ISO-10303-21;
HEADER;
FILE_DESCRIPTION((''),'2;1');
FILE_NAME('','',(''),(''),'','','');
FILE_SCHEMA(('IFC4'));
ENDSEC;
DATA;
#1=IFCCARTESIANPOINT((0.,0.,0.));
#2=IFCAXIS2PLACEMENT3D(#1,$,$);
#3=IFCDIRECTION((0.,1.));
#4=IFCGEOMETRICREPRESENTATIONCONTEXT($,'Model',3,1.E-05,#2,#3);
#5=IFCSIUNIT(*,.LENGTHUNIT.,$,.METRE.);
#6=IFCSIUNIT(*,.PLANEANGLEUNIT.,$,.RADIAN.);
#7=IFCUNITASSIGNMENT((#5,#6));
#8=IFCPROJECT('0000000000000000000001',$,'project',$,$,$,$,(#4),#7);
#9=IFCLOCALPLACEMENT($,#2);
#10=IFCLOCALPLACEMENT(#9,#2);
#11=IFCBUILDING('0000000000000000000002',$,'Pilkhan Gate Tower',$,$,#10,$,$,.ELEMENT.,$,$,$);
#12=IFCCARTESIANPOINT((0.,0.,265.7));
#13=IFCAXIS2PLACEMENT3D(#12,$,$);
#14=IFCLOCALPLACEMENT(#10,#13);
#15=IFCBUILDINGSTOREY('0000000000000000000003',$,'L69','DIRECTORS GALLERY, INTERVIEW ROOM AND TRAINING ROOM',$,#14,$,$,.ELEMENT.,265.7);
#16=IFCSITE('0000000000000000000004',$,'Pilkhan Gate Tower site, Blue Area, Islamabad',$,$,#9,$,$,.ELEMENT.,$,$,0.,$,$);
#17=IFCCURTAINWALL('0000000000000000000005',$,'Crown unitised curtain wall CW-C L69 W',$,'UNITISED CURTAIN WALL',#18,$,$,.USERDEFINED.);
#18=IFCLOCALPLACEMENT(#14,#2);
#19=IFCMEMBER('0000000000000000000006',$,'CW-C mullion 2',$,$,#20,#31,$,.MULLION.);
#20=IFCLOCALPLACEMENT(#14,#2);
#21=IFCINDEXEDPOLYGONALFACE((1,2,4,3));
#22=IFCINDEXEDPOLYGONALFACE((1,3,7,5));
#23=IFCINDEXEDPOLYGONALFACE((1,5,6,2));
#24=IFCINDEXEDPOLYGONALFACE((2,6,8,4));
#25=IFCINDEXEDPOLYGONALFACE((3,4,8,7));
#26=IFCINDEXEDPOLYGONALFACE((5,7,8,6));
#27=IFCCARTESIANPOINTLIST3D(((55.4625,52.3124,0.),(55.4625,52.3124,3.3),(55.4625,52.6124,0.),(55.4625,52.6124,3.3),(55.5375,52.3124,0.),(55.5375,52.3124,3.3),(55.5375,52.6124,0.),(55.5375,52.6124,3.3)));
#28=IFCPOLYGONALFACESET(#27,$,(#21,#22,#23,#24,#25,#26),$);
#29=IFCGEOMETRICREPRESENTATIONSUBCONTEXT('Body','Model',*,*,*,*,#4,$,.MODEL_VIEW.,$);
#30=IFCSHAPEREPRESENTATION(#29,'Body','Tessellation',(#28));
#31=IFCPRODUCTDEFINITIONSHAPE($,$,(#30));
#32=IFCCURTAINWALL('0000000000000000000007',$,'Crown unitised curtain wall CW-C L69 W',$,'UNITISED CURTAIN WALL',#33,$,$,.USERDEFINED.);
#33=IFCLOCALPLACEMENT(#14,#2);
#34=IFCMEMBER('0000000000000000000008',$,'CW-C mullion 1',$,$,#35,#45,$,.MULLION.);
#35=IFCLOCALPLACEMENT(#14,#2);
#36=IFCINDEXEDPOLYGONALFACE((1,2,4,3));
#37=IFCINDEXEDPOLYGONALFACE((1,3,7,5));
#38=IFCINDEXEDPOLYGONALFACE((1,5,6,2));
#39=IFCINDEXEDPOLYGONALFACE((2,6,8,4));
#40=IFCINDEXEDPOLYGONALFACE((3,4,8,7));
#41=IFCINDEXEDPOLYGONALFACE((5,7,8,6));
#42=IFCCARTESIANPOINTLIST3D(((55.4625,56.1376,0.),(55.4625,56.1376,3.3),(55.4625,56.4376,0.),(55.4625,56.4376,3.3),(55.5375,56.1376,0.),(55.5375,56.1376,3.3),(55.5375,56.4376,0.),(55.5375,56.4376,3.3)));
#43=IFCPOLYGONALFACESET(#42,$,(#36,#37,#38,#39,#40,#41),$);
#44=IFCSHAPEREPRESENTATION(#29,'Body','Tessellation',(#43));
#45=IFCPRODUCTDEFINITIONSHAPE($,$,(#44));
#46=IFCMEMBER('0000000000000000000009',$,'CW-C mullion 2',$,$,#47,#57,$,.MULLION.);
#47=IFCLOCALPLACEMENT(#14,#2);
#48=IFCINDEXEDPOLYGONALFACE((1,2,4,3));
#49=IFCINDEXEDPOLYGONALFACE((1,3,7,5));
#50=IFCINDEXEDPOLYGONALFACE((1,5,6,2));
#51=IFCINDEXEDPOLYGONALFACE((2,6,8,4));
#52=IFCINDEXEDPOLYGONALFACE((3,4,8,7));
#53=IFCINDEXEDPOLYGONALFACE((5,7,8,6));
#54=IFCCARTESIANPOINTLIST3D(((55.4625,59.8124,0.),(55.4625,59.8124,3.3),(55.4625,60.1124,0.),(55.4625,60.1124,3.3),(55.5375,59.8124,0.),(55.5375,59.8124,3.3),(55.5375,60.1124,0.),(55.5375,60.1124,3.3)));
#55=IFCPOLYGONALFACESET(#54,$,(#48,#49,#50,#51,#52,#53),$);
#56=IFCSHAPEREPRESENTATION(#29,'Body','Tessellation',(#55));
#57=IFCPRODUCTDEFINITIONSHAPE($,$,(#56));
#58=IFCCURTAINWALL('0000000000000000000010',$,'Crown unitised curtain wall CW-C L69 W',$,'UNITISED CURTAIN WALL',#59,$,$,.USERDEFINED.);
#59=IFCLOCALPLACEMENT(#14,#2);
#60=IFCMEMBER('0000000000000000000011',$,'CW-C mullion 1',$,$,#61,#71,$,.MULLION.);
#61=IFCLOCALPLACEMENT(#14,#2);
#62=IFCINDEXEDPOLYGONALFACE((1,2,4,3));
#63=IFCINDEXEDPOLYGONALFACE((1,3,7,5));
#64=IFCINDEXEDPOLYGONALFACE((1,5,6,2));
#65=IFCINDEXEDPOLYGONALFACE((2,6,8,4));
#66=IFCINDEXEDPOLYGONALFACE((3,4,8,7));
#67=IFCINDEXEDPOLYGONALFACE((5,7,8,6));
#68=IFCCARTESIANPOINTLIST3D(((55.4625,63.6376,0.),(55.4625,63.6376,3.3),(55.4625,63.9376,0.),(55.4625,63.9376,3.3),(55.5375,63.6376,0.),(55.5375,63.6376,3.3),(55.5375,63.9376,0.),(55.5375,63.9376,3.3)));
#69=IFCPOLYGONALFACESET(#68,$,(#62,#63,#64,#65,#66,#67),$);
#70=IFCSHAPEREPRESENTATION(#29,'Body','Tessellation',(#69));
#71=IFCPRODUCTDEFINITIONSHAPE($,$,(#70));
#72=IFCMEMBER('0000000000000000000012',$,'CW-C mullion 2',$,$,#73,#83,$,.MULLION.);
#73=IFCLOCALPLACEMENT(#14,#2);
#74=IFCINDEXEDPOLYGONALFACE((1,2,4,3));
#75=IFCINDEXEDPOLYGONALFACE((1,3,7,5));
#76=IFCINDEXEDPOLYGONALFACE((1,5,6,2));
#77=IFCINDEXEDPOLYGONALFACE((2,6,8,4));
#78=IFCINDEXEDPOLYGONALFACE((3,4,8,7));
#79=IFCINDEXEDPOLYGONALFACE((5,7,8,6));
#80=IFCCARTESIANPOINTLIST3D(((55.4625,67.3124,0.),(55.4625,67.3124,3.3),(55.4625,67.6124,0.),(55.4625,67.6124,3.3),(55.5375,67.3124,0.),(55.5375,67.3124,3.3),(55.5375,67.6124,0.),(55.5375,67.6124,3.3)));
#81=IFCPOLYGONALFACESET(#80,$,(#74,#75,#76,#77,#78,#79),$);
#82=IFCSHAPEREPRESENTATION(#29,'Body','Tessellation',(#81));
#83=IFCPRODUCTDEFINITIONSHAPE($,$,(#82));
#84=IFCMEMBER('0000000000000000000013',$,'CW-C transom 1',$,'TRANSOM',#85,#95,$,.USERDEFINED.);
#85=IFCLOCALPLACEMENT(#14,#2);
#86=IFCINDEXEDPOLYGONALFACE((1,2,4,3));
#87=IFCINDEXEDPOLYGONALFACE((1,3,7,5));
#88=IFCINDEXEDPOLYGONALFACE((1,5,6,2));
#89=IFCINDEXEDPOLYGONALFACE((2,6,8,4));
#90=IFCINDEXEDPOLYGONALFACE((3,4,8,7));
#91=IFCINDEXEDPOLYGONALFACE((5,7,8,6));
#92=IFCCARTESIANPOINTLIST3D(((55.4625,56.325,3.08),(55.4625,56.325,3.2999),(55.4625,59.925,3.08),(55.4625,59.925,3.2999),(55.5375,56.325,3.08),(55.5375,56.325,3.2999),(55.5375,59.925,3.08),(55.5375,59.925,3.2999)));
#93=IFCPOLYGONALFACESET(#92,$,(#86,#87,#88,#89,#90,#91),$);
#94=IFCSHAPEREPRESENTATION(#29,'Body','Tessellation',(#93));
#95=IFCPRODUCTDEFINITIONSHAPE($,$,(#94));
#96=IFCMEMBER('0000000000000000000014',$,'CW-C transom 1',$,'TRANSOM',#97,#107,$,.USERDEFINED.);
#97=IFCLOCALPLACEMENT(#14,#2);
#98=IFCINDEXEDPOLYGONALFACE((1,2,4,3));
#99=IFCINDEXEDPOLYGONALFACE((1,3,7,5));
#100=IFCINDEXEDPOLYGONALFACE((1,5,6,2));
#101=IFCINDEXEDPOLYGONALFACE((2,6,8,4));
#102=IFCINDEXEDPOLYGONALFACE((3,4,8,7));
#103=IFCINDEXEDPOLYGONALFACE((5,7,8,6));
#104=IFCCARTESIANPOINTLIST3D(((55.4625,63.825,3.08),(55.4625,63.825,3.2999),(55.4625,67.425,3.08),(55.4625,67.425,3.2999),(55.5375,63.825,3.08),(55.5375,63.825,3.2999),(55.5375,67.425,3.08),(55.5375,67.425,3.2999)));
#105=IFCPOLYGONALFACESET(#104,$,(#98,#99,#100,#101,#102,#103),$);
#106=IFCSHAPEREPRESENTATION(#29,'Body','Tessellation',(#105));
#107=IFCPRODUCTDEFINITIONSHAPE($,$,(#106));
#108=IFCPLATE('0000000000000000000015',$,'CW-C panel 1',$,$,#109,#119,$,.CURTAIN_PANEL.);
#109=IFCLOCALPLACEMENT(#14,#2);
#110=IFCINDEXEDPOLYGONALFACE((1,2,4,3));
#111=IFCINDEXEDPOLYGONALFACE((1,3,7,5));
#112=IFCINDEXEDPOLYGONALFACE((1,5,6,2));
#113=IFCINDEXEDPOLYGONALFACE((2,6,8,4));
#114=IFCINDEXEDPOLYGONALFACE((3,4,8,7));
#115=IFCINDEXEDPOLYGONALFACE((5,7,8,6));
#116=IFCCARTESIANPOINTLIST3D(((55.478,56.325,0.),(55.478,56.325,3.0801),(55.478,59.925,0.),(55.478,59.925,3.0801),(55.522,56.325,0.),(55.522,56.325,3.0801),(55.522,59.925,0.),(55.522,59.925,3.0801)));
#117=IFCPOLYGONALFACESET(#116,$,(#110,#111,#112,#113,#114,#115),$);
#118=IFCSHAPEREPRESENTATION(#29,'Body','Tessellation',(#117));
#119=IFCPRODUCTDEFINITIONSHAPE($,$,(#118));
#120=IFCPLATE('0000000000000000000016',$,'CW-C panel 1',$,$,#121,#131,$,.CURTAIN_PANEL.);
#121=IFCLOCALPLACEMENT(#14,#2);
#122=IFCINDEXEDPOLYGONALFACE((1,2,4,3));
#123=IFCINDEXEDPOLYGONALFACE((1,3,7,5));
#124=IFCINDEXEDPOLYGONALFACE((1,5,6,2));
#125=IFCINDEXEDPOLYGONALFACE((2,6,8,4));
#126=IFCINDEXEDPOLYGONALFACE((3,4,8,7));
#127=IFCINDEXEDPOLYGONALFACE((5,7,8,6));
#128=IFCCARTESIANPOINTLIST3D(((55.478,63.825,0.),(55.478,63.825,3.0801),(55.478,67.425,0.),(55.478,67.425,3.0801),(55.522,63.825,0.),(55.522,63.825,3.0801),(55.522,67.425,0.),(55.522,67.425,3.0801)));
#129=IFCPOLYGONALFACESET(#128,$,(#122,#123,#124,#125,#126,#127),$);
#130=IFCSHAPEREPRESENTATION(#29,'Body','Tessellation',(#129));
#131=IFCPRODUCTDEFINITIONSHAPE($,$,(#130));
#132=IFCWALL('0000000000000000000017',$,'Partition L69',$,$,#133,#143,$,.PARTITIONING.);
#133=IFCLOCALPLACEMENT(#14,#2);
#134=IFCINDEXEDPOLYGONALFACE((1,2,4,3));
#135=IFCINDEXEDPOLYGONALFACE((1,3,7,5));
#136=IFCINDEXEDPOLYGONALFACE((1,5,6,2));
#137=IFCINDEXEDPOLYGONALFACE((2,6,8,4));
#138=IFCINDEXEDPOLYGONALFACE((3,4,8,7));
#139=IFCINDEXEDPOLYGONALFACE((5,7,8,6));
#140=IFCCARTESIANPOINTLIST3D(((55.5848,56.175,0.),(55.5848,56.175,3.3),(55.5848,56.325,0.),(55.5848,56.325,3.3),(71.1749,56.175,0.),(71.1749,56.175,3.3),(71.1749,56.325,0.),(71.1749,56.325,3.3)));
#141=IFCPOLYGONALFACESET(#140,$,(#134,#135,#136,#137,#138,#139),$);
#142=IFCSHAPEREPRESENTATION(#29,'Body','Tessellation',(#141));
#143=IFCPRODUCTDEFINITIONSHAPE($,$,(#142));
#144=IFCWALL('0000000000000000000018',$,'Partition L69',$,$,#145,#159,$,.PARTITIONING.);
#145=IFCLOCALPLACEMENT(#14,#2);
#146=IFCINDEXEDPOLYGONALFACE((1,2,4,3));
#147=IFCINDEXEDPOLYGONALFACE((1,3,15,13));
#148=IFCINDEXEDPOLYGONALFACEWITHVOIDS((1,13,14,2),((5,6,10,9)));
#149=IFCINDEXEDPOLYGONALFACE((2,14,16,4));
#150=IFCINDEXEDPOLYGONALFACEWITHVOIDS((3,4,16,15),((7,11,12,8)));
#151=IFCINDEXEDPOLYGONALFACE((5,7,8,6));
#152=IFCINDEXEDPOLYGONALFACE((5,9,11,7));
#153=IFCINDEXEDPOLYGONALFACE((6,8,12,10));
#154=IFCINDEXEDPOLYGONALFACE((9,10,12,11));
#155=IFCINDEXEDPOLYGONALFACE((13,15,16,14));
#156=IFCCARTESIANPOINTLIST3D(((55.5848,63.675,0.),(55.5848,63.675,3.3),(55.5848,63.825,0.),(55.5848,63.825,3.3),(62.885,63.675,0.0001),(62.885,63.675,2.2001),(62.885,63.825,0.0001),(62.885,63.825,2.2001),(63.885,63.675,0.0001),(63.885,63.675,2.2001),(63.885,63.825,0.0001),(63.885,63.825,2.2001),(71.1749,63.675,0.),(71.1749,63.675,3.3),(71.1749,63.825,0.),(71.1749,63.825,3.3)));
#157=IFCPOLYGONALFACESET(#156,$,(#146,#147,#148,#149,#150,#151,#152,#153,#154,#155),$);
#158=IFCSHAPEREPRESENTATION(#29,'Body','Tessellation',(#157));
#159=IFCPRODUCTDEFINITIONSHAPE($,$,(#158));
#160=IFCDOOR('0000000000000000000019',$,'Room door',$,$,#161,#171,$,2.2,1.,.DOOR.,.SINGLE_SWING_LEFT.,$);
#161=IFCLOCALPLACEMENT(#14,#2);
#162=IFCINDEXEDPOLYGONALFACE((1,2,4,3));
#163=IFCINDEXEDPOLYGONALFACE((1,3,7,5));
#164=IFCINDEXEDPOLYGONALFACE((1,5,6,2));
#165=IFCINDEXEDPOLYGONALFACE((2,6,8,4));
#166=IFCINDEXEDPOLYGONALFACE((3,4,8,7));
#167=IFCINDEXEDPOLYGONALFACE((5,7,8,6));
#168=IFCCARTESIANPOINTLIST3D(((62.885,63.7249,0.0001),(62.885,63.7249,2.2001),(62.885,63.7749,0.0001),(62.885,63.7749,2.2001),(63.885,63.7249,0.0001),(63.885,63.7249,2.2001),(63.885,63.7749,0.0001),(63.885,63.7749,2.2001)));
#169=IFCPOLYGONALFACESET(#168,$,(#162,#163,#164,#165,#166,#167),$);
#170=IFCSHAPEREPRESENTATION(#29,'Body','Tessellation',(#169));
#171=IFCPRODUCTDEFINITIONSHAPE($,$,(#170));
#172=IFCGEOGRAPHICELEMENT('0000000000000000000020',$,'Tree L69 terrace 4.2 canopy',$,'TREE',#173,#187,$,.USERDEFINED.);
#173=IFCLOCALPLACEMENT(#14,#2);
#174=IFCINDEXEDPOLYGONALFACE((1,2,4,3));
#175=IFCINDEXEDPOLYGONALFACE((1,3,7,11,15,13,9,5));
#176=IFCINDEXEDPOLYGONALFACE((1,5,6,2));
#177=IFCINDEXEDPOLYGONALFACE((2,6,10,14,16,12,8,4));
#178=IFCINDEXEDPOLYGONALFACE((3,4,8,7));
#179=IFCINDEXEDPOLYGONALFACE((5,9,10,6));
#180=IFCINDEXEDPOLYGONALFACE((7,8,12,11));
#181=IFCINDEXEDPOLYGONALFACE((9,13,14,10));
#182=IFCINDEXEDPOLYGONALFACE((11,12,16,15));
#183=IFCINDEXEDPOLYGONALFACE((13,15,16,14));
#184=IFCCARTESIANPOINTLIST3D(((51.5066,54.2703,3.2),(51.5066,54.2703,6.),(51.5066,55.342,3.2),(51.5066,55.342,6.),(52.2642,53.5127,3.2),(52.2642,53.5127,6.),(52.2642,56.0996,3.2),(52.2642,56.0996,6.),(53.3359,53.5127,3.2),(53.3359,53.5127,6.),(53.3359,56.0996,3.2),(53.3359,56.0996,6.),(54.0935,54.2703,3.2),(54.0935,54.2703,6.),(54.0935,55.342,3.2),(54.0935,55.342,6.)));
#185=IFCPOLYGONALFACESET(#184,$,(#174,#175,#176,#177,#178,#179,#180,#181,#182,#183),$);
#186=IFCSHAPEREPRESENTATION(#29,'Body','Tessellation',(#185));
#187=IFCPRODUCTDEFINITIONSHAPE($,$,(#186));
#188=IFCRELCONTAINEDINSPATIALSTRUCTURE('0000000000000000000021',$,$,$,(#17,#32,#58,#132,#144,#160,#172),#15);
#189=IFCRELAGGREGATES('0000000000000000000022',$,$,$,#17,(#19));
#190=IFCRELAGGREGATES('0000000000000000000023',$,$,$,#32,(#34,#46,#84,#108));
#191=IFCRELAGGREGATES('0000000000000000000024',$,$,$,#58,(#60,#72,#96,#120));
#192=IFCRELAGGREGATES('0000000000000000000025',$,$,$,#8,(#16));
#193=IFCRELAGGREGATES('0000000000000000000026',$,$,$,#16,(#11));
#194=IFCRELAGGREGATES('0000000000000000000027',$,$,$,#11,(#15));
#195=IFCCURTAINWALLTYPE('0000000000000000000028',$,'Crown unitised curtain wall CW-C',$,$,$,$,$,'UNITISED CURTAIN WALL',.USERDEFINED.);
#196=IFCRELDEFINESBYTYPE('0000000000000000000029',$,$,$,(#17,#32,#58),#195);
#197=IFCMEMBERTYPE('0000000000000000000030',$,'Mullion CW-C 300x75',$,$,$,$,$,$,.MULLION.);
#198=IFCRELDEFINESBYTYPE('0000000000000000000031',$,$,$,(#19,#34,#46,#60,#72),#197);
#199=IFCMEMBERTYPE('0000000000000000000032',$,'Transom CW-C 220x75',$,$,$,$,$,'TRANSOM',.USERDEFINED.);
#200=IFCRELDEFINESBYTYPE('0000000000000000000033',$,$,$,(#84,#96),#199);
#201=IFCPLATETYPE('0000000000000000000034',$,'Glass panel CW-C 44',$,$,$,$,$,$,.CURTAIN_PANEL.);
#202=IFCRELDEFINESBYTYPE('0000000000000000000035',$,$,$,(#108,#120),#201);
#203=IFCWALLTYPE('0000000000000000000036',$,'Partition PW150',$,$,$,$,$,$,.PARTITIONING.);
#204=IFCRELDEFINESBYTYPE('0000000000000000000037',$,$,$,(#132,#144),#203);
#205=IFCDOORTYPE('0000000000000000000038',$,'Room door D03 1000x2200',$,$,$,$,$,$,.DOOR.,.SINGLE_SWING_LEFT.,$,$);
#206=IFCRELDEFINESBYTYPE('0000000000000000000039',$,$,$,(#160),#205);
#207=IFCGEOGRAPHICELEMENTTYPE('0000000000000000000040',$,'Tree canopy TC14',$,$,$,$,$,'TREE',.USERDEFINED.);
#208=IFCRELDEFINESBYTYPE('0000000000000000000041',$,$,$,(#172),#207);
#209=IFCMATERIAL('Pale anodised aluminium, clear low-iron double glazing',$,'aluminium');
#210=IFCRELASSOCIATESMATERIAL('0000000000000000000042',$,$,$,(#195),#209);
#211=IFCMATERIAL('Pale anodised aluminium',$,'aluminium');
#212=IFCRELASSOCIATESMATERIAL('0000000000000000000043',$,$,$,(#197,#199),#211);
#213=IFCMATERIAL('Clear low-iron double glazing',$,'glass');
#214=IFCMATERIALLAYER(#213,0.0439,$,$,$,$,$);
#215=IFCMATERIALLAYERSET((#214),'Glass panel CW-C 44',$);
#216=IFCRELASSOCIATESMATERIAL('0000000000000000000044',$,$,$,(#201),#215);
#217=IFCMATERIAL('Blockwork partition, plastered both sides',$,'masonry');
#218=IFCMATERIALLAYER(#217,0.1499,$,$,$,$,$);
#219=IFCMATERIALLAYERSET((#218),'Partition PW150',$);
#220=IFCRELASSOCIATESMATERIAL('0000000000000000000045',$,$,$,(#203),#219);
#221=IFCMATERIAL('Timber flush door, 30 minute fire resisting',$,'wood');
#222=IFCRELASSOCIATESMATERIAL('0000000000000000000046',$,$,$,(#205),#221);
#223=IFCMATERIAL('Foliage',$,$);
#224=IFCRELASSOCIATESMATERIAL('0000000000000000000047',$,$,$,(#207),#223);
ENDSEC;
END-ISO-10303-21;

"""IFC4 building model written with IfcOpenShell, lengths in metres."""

from ifc_helpers import new_model, si_unit, direction, frame, frame_2d, origin, origin_2d, place, context, subcontext, project, spatial, polyline, rectangle, outline, extrude, material, layer, layer_set, material_profile, profile_set, type_object, element, fill, aggregate, save


model = new_model("IFC4")

# Units and contexts
model_context = context("Model", 3, precision=1e-05, world=origin(), true_north=direction((0.0, 1.0)))
body_context = subcontext(model_context, "Body", "Model", "MODEL_VIEW")
ifc_project = project(units=[si_unit("LENGTHUNIT", "METRE"), si_unit("PLANEANGLEUNIT", "RADIAN")], contexts=[model_context])

# Site, building, storey
site_placement = place(None, origin())
site = spatial("IfcSite", under=ifc_project, at=site_placement, Name="Pilkhan Gate Tower site, Blue Area, Islamabad", CompositionType="ELEMENT", RefElevation=0.0)
building_placement = place(site_placement, origin())
building = spatial("IfcBuilding", under=site, at=building_placement, Name="Pilkhan Gate Tower", CompositionType="ELEMENT")
storey_placement = place(building_placement, frame((0.0, 0.0, 265.7)))
storey = spatial("IfcBuildingStorey", under=building, at=storey_placement, Name="L69", Description="DIRECTORS GALLERY, INTERVIEW ROOM AND TRAINING ROOM", CompositionType="ELEMENT", Elevation=265.7)

# Curtain wall, member
ifc_material_1 = material(Name="Pale anodised aluminium, clear low-iron double glazing", Category="aluminium")
curtain_wall_type = type_object("IfcCurtainWallType", Name="Crown unitised curtain wall CW-C", ElementType="UNITISED CURTAIN WALL", PredefinedType="USERDEFINED", material=ifc_material_1)
curtain_wall_1_placement = place(storey_placement, origin())
curtain_wall_1 = element("IfcCurtainWall", 1, at=curtain_wall_1_placement, inside=storey, type_object=curtain_wall_type, Name="Crown unitised curtain wall CW-C L69 W", ObjectType="UNITISED CURTAIN WALL", PredefinedType="USERDEFINED")
ifc_material_2 = material(Name="Pale anodised aluminium", Category="aluminium")
ifc_material_profile_1 = material_profile(ifc_material_2, rectangle(XDim=0.075, YDim=0.3, at=origin_2d()), Name="Mullion 300x75")
ifc_profile_set_1 = profile_set([ifc_material_profile_1], Name="Pale anodised aluminium")
member_type_1 = type_object("IfcMemberType", Name="Mullion CW-C 300x75", PredefinedType="MULLION", material=ifc_profile_set_1)
member_1_placement = place(storey_placement, frame((55.5, 52.4624, 0.0), z_axis=(0.0, 0.0, 1.0), x_axis=(-1.0, 0.0, 0.0)))
member_1 = element("IfcMember", 2, at=member_1_placement, type_object=member_type_1, Name="CW-C mullion 2", PredefinedType="MULLION", context=body_context, shape_type="SweptSolid", body=[
    extrude(rectangle(XDim=0.075, YDim=0.3, at=origin_2d()), origin(), (0.0, 0.0, 1.0), 3.3),
])
aggregate(curtain_wall_1, [member_1])

# Curtain walls, members
curtain_wall_2_placement = place(storey_placement, origin())
curtain_wall_2 = element("IfcCurtainWall", 3, at=curtain_wall_2_placement, inside=storey, type_object=curtain_wall_type, Name="Crown unitised curtain wall CW-C L69 W", ObjectType="UNITISED CURTAIN WALL", PredefinedType="USERDEFINED")
member_2_placement = place(storey_placement, frame((55.5, 56.2876, 0.0), z_axis=(0.0, 0.0, 1.0), x_axis=(-1.0, 0.0, 0.0)))
member_2 = element("IfcMember", 4, at=member_2_placement, type_object=member_type_1, Name="CW-C mullion 1", PredefinedType="MULLION", context=body_context, shape_type="SweptSolid", body=[
    extrude(rectangle(XDim=0.075, YDim=0.3, at=origin_2d()), origin(), (0.0, 0.0, 1.0), 3.3),
])
member_3_placement = place(storey_placement, frame((55.5, 59.9624, 0.0), z_axis=(0.0, 0.0, 1.0), x_axis=(-1.0, 0.0, 0.0)))
member_3 = element("IfcMember", 5, at=member_3_placement, type_object=member_type_1, Name="CW-C mullion 2", PredefinedType="MULLION", context=body_context, shape_type="SweptSolid", body=[
    extrude(rectangle(XDim=0.075, YDim=0.3, at=origin_2d()), origin(), (0.0, 0.0, 1.0), 3.3),
])
curtain_wall_3_placement = place(storey_placement, origin())
curtain_wall_3 = element("IfcCurtainWall", 6, at=curtain_wall_3_placement, inside=storey, type_object=curtain_wall_type, Name="Crown unitised curtain wall CW-C L69 W", ObjectType="UNITISED CURTAIN WALL", PredefinedType="USERDEFINED")
member_4_placement = place(storey_placement, frame((55.5, 63.7876, 0.0), z_axis=(0.0, 0.0, 1.0), x_axis=(-1.0, 0.0, 0.0)))
member_4 = element("IfcMember", 7, at=member_4_placement, type_object=member_type_1, Name="CW-C mullion 1", PredefinedType="MULLION", context=body_context, shape_type="SweptSolid", body=[
    extrude(rectangle(XDim=0.075, YDim=0.3, at=origin_2d()), origin(), (0.0, 0.0, 1.0), 3.3),
])
member_5_placement = place(storey_placement, frame((55.5, 67.4624, 0.0), z_axis=(0.0, 0.0, 1.0), x_axis=(-1.0, 0.0, 0.0)))
member_5 = element("IfcMember", 8, at=member_5_placement, type_object=member_type_1, Name="CW-C mullion 2", PredefinedType="MULLION", context=body_context, shape_type="SweptSolid", body=[
    extrude(rectangle(XDim=0.075, YDim=0.3, at=origin_2d()), origin(), (0.0, 0.0, 1.0), 3.3),
])

# Members
ifc_material_profile_2 = material_profile(ifc_material_2, rectangle(XDim=0.075, YDim=0.22, at=origin_2d()), Name="Transom 220x75")
ifc_profile_set_2 = profile_set([ifc_material_profile_2], Name="Pale anodised aluminium")
member_type_2 = type_object("IfcMemberType", Name="Transom CW-C 220x75", ElementType="TRANSOM", PredefinedType="USERDEFINED", material=ifc_profile_set_2)
member_6_placement = place(storey_placement, frame((55.5, 56.325, 3.1899), z_axis=(0.0, 1.0, 0.0), x_axis=(-1.0, 0.0, 0.0)))
member_6 = element("IfcMember", 9, at=member_6_placement, type_object=member_type_2, Name="CW-C transom 1", ObjectType="TRANSOM", PredefinedType="USERDEFINED", context=body_context, shape_type="SweptSolid", body=[
    extrude(rectangle(XDim=0.075, YDim=0.22, at=origin_2d()), origin(), (0.0, 0.0, 1.0), 3.6001),
])
member_7_placement = place(storey_placement, frame((55.5, 63.825, 3.1899), z_axis=(0.0, 1.0, 0.0), x_axis=(-1.0, 0.0, 0.0)))
member_7 = element("IfcMember", 10, at=member_7_placement, type_object=member_type_2, Name="CW-C transom 1", ObjectType="TRANSOM", PredefinedType="USERDEFINED", context=body_context, shape_type="SweptSolid", body=[
    extrude(rectangle(XDim=0.075, YDim=0.22, at=origin_2d()), origin(), (0.0, 0.0, 1.0), 3.6001),
])

# Plates
ifc_material_3 = material(Name="Clear low-iron double glazing", Category="glass")
ifc_layer_1 = layer(ifc_material_3, 0.0439)
ifc_layer_set_1 = layer_set([ifc_layer_1], Name="Glass panel CW-C 44")
plate_type = type_object("IfcPlateType", Name="Glass panel CW-C 44", PredefinedType="CURTAIN_PANEL", material=ifc_layer_set_1)
plate_1_placement = place(storey_placement, frame((55.5, 58.125, 0.0), z_axis=(0.0, 0.0, 1.0), x_axis=(0.0, 1.0, 0.0)))
plate_1 = element("IfcPlate", 11, at=plate_1_placement, type_object=plate_type, Name="CW-C panel 1", PredefinedType="CURTAIN_PANEL", context=body_context, shape_type="SweptSolid", body=[
    extrude(rectangle(XDim=3.6001, YDim=0.0439, at=origin_2d()), origin(), (0.0, 0.0, 1.0), 3.0801),
])
aggregate(curtain_wall_2, [member_2, member_3, member_6, plate_1])
plate_2_placement = place(storey_placement, frame((55.5, 65.625, 0.0), z_axis=(0.0, 0.0, 1.0), x_axis=(0.0, 1.0, 0.0)))
plate_2 = element("IfcPlate", 12, at=plate_2_placement, type_object=plate_type, Name="CW-C panel 1", PredefinedType="CURTAIN_PANEL", context=body_context, shape_type="SweptSolid", body=[
    extrude(rectangle(XDim=3.6001, YDim=0.0439, at=origin_2d()), origin(), (0.0, 0.0, 1.0), 3.0801),
])
aggregate(curtain_wall_3, [member_4, member_5, member_7, plate_2])

# Wall
ifc_material_4 = material(Name="Blockwork partition, plastered both sides", Category="masonry")
ifc_layer_2 = layer(ifc_material_4, 0.1499)
ifc_layer_set_2 = layer_set([ifc_layer_2], Name="Partition PW150")
wall_type_1 = type_object("IfcWallType", Name="Partition PW150", PredefinedType="PARTITIONING", material=ifc_layer_set_2)
wall_1_placement = place(storey_placement, frame((55.585, 56.25, 0.0), z_axis=(0.0, 0.0, 1.0), x_axis=(1.0, 0.0, 0.0)))
element("IfcWall", 13, at=wall_1_placement, inside=storey, type_object=wall_type_1, Name="Partition L69", PredefinedType="PARTITIONING", context=body_context, shape_type="SweptSolid", body=[
    extrude(rectangle(XDim=15.5901, YDim=0.1499, at=frame_2d((7.7949, 0.0))), origin(), (0.0, 0.0, 1.0), 3.3),
])

# Wall, opening, door
wall_2_placement = place(storey_placement, frame((55.585, 63.75, 0.0), z_axis=(0.0, 0.0, 1.0), x_axis=(1.0, 0.0, 0.0)))
wall_2 = element("IfcWall", 14, at=wall_2_placement, inside=storey, type_object=wall_type_1, Name="Partition L69", PredefinedType="PARTITIONING", context=body_context, shape_type="SweptSolid", body=[
    extrude(rectangle(XDim=15.5901, YDim=0.1499, at=frame_2d((7.7949, 0.0))), origin(), (0.0, 0.0, 1.0), 3.3),
])
opening_1_placement = place(wall_2_placement, frame((7.3, 0.0, 0.0)))
opening_1 = element("IfcOpeningElement", 15, at=opening_1_placement, cuts=wall_2, PredefinedType="OPENING", context=body_context, shape_type="SweptSolid", body=[
    extrude(rectangle(XDim=1.0, YDim=2.2, at=frame_2d((0.5, 1.1001))), frame((0.0, 0.085, 0.0), z_axis=(0.0, -1.0, 0.0), x_axis=(1.0, 0.0, 0.0)), (0.0, 0.0, 1.0), 0.1699),
])
ifc_material_5 = material(Name="Timber flush door, 30 minute fire resisting", Category="wood")
door_type_1 = type_object("IfcDoorType", Name="Room door D03 1000x2200", OperationType="SINGLE_SWING_LEFT", PredefinedType="DOOR", material=ifc_material_5)
door_1_placement = place(opening_1_placement, origin())
door_1 = element("IfcDoor", 16, at=door_1_placement, inside=storey, type_object=door_type_1, Name="Room door", OperationType="SINGLE_SWING_LEFT", OverallHeight=2.2, OverallWidth=1.0, PredefinedType="DOOR", context=body_context, shape_type="SweptSolid", body=[
    extrude(rectangle(XDim=1.0, YDim=2.2, at=frame_2d((0.5, 1.1001))), frame((0.0, 0.0249, 0.0), z_axis=(0.0, -1.0, 0.0), x_axis=(1.0, 0.0, 0.0)), (0.0, 0.0, 1.0), 0.05),
])
fill(opening_1, door_1)

# Geographic element
ifc_material_6 = material(Name="Foliage")
ifc_material_profile_3 = material_profile(ifc_material_6, outline(polyline([(1.2935, 0.5359), (0.5359, 1.2935), (-0.5359, 1.2935), (-1.2935, 0.5359), (-1.2935, -0.5359), (-0.5359, -1.2935), (0.5359, -1.2935), (1.2935, -0.5359), (1.2935, 0.5359)])), Name="Canopy D2.8")
ifc_profile_set_3 = profile_set([ifc_material_profile_3], Name="Foliage")
geographic_element_type_1 = type_object("IfcGeographicElementType", Name="Tree canopy TC14", ElementType="TREE", PredefinedType="USERDEFINED", material=ifc_profile_set_3)
for number, where, z_axis, x_axis, name in (
    (17, (52.8, 54.8062, 3.2), (0.0, 0.0, 1.0), (1.0, 0.0, 0.0), "Tree L69 terrace 4.2 canopy"),
):
    element("IfcGeographicElement", number, at=place(storey_placement, frame(where, z_axis=z_axis, x_axis=x_axis)), inside=storey, type_object=geographic_element_type_1, Name=name, ObjectType="TREE", PredefinedType="USERDEFINED", context=body_context, shape_type="SweptSolid", body=[
        extrude(outline(polyline([(1.2935, 0.5359), (0.5359, 1.2935), (-0.5359, 1.2935), (-1.2935, 0.5359), (-1.2935, -0.5359), (-0.5359, -1.2935), (0.5359, -1.2935), (1.2935, -0.5359), (1.2935, 0.5359)])), origin(), (0.0, 0.0, 1.0), 2.8),
    ])

save(model, "model.ifc")
